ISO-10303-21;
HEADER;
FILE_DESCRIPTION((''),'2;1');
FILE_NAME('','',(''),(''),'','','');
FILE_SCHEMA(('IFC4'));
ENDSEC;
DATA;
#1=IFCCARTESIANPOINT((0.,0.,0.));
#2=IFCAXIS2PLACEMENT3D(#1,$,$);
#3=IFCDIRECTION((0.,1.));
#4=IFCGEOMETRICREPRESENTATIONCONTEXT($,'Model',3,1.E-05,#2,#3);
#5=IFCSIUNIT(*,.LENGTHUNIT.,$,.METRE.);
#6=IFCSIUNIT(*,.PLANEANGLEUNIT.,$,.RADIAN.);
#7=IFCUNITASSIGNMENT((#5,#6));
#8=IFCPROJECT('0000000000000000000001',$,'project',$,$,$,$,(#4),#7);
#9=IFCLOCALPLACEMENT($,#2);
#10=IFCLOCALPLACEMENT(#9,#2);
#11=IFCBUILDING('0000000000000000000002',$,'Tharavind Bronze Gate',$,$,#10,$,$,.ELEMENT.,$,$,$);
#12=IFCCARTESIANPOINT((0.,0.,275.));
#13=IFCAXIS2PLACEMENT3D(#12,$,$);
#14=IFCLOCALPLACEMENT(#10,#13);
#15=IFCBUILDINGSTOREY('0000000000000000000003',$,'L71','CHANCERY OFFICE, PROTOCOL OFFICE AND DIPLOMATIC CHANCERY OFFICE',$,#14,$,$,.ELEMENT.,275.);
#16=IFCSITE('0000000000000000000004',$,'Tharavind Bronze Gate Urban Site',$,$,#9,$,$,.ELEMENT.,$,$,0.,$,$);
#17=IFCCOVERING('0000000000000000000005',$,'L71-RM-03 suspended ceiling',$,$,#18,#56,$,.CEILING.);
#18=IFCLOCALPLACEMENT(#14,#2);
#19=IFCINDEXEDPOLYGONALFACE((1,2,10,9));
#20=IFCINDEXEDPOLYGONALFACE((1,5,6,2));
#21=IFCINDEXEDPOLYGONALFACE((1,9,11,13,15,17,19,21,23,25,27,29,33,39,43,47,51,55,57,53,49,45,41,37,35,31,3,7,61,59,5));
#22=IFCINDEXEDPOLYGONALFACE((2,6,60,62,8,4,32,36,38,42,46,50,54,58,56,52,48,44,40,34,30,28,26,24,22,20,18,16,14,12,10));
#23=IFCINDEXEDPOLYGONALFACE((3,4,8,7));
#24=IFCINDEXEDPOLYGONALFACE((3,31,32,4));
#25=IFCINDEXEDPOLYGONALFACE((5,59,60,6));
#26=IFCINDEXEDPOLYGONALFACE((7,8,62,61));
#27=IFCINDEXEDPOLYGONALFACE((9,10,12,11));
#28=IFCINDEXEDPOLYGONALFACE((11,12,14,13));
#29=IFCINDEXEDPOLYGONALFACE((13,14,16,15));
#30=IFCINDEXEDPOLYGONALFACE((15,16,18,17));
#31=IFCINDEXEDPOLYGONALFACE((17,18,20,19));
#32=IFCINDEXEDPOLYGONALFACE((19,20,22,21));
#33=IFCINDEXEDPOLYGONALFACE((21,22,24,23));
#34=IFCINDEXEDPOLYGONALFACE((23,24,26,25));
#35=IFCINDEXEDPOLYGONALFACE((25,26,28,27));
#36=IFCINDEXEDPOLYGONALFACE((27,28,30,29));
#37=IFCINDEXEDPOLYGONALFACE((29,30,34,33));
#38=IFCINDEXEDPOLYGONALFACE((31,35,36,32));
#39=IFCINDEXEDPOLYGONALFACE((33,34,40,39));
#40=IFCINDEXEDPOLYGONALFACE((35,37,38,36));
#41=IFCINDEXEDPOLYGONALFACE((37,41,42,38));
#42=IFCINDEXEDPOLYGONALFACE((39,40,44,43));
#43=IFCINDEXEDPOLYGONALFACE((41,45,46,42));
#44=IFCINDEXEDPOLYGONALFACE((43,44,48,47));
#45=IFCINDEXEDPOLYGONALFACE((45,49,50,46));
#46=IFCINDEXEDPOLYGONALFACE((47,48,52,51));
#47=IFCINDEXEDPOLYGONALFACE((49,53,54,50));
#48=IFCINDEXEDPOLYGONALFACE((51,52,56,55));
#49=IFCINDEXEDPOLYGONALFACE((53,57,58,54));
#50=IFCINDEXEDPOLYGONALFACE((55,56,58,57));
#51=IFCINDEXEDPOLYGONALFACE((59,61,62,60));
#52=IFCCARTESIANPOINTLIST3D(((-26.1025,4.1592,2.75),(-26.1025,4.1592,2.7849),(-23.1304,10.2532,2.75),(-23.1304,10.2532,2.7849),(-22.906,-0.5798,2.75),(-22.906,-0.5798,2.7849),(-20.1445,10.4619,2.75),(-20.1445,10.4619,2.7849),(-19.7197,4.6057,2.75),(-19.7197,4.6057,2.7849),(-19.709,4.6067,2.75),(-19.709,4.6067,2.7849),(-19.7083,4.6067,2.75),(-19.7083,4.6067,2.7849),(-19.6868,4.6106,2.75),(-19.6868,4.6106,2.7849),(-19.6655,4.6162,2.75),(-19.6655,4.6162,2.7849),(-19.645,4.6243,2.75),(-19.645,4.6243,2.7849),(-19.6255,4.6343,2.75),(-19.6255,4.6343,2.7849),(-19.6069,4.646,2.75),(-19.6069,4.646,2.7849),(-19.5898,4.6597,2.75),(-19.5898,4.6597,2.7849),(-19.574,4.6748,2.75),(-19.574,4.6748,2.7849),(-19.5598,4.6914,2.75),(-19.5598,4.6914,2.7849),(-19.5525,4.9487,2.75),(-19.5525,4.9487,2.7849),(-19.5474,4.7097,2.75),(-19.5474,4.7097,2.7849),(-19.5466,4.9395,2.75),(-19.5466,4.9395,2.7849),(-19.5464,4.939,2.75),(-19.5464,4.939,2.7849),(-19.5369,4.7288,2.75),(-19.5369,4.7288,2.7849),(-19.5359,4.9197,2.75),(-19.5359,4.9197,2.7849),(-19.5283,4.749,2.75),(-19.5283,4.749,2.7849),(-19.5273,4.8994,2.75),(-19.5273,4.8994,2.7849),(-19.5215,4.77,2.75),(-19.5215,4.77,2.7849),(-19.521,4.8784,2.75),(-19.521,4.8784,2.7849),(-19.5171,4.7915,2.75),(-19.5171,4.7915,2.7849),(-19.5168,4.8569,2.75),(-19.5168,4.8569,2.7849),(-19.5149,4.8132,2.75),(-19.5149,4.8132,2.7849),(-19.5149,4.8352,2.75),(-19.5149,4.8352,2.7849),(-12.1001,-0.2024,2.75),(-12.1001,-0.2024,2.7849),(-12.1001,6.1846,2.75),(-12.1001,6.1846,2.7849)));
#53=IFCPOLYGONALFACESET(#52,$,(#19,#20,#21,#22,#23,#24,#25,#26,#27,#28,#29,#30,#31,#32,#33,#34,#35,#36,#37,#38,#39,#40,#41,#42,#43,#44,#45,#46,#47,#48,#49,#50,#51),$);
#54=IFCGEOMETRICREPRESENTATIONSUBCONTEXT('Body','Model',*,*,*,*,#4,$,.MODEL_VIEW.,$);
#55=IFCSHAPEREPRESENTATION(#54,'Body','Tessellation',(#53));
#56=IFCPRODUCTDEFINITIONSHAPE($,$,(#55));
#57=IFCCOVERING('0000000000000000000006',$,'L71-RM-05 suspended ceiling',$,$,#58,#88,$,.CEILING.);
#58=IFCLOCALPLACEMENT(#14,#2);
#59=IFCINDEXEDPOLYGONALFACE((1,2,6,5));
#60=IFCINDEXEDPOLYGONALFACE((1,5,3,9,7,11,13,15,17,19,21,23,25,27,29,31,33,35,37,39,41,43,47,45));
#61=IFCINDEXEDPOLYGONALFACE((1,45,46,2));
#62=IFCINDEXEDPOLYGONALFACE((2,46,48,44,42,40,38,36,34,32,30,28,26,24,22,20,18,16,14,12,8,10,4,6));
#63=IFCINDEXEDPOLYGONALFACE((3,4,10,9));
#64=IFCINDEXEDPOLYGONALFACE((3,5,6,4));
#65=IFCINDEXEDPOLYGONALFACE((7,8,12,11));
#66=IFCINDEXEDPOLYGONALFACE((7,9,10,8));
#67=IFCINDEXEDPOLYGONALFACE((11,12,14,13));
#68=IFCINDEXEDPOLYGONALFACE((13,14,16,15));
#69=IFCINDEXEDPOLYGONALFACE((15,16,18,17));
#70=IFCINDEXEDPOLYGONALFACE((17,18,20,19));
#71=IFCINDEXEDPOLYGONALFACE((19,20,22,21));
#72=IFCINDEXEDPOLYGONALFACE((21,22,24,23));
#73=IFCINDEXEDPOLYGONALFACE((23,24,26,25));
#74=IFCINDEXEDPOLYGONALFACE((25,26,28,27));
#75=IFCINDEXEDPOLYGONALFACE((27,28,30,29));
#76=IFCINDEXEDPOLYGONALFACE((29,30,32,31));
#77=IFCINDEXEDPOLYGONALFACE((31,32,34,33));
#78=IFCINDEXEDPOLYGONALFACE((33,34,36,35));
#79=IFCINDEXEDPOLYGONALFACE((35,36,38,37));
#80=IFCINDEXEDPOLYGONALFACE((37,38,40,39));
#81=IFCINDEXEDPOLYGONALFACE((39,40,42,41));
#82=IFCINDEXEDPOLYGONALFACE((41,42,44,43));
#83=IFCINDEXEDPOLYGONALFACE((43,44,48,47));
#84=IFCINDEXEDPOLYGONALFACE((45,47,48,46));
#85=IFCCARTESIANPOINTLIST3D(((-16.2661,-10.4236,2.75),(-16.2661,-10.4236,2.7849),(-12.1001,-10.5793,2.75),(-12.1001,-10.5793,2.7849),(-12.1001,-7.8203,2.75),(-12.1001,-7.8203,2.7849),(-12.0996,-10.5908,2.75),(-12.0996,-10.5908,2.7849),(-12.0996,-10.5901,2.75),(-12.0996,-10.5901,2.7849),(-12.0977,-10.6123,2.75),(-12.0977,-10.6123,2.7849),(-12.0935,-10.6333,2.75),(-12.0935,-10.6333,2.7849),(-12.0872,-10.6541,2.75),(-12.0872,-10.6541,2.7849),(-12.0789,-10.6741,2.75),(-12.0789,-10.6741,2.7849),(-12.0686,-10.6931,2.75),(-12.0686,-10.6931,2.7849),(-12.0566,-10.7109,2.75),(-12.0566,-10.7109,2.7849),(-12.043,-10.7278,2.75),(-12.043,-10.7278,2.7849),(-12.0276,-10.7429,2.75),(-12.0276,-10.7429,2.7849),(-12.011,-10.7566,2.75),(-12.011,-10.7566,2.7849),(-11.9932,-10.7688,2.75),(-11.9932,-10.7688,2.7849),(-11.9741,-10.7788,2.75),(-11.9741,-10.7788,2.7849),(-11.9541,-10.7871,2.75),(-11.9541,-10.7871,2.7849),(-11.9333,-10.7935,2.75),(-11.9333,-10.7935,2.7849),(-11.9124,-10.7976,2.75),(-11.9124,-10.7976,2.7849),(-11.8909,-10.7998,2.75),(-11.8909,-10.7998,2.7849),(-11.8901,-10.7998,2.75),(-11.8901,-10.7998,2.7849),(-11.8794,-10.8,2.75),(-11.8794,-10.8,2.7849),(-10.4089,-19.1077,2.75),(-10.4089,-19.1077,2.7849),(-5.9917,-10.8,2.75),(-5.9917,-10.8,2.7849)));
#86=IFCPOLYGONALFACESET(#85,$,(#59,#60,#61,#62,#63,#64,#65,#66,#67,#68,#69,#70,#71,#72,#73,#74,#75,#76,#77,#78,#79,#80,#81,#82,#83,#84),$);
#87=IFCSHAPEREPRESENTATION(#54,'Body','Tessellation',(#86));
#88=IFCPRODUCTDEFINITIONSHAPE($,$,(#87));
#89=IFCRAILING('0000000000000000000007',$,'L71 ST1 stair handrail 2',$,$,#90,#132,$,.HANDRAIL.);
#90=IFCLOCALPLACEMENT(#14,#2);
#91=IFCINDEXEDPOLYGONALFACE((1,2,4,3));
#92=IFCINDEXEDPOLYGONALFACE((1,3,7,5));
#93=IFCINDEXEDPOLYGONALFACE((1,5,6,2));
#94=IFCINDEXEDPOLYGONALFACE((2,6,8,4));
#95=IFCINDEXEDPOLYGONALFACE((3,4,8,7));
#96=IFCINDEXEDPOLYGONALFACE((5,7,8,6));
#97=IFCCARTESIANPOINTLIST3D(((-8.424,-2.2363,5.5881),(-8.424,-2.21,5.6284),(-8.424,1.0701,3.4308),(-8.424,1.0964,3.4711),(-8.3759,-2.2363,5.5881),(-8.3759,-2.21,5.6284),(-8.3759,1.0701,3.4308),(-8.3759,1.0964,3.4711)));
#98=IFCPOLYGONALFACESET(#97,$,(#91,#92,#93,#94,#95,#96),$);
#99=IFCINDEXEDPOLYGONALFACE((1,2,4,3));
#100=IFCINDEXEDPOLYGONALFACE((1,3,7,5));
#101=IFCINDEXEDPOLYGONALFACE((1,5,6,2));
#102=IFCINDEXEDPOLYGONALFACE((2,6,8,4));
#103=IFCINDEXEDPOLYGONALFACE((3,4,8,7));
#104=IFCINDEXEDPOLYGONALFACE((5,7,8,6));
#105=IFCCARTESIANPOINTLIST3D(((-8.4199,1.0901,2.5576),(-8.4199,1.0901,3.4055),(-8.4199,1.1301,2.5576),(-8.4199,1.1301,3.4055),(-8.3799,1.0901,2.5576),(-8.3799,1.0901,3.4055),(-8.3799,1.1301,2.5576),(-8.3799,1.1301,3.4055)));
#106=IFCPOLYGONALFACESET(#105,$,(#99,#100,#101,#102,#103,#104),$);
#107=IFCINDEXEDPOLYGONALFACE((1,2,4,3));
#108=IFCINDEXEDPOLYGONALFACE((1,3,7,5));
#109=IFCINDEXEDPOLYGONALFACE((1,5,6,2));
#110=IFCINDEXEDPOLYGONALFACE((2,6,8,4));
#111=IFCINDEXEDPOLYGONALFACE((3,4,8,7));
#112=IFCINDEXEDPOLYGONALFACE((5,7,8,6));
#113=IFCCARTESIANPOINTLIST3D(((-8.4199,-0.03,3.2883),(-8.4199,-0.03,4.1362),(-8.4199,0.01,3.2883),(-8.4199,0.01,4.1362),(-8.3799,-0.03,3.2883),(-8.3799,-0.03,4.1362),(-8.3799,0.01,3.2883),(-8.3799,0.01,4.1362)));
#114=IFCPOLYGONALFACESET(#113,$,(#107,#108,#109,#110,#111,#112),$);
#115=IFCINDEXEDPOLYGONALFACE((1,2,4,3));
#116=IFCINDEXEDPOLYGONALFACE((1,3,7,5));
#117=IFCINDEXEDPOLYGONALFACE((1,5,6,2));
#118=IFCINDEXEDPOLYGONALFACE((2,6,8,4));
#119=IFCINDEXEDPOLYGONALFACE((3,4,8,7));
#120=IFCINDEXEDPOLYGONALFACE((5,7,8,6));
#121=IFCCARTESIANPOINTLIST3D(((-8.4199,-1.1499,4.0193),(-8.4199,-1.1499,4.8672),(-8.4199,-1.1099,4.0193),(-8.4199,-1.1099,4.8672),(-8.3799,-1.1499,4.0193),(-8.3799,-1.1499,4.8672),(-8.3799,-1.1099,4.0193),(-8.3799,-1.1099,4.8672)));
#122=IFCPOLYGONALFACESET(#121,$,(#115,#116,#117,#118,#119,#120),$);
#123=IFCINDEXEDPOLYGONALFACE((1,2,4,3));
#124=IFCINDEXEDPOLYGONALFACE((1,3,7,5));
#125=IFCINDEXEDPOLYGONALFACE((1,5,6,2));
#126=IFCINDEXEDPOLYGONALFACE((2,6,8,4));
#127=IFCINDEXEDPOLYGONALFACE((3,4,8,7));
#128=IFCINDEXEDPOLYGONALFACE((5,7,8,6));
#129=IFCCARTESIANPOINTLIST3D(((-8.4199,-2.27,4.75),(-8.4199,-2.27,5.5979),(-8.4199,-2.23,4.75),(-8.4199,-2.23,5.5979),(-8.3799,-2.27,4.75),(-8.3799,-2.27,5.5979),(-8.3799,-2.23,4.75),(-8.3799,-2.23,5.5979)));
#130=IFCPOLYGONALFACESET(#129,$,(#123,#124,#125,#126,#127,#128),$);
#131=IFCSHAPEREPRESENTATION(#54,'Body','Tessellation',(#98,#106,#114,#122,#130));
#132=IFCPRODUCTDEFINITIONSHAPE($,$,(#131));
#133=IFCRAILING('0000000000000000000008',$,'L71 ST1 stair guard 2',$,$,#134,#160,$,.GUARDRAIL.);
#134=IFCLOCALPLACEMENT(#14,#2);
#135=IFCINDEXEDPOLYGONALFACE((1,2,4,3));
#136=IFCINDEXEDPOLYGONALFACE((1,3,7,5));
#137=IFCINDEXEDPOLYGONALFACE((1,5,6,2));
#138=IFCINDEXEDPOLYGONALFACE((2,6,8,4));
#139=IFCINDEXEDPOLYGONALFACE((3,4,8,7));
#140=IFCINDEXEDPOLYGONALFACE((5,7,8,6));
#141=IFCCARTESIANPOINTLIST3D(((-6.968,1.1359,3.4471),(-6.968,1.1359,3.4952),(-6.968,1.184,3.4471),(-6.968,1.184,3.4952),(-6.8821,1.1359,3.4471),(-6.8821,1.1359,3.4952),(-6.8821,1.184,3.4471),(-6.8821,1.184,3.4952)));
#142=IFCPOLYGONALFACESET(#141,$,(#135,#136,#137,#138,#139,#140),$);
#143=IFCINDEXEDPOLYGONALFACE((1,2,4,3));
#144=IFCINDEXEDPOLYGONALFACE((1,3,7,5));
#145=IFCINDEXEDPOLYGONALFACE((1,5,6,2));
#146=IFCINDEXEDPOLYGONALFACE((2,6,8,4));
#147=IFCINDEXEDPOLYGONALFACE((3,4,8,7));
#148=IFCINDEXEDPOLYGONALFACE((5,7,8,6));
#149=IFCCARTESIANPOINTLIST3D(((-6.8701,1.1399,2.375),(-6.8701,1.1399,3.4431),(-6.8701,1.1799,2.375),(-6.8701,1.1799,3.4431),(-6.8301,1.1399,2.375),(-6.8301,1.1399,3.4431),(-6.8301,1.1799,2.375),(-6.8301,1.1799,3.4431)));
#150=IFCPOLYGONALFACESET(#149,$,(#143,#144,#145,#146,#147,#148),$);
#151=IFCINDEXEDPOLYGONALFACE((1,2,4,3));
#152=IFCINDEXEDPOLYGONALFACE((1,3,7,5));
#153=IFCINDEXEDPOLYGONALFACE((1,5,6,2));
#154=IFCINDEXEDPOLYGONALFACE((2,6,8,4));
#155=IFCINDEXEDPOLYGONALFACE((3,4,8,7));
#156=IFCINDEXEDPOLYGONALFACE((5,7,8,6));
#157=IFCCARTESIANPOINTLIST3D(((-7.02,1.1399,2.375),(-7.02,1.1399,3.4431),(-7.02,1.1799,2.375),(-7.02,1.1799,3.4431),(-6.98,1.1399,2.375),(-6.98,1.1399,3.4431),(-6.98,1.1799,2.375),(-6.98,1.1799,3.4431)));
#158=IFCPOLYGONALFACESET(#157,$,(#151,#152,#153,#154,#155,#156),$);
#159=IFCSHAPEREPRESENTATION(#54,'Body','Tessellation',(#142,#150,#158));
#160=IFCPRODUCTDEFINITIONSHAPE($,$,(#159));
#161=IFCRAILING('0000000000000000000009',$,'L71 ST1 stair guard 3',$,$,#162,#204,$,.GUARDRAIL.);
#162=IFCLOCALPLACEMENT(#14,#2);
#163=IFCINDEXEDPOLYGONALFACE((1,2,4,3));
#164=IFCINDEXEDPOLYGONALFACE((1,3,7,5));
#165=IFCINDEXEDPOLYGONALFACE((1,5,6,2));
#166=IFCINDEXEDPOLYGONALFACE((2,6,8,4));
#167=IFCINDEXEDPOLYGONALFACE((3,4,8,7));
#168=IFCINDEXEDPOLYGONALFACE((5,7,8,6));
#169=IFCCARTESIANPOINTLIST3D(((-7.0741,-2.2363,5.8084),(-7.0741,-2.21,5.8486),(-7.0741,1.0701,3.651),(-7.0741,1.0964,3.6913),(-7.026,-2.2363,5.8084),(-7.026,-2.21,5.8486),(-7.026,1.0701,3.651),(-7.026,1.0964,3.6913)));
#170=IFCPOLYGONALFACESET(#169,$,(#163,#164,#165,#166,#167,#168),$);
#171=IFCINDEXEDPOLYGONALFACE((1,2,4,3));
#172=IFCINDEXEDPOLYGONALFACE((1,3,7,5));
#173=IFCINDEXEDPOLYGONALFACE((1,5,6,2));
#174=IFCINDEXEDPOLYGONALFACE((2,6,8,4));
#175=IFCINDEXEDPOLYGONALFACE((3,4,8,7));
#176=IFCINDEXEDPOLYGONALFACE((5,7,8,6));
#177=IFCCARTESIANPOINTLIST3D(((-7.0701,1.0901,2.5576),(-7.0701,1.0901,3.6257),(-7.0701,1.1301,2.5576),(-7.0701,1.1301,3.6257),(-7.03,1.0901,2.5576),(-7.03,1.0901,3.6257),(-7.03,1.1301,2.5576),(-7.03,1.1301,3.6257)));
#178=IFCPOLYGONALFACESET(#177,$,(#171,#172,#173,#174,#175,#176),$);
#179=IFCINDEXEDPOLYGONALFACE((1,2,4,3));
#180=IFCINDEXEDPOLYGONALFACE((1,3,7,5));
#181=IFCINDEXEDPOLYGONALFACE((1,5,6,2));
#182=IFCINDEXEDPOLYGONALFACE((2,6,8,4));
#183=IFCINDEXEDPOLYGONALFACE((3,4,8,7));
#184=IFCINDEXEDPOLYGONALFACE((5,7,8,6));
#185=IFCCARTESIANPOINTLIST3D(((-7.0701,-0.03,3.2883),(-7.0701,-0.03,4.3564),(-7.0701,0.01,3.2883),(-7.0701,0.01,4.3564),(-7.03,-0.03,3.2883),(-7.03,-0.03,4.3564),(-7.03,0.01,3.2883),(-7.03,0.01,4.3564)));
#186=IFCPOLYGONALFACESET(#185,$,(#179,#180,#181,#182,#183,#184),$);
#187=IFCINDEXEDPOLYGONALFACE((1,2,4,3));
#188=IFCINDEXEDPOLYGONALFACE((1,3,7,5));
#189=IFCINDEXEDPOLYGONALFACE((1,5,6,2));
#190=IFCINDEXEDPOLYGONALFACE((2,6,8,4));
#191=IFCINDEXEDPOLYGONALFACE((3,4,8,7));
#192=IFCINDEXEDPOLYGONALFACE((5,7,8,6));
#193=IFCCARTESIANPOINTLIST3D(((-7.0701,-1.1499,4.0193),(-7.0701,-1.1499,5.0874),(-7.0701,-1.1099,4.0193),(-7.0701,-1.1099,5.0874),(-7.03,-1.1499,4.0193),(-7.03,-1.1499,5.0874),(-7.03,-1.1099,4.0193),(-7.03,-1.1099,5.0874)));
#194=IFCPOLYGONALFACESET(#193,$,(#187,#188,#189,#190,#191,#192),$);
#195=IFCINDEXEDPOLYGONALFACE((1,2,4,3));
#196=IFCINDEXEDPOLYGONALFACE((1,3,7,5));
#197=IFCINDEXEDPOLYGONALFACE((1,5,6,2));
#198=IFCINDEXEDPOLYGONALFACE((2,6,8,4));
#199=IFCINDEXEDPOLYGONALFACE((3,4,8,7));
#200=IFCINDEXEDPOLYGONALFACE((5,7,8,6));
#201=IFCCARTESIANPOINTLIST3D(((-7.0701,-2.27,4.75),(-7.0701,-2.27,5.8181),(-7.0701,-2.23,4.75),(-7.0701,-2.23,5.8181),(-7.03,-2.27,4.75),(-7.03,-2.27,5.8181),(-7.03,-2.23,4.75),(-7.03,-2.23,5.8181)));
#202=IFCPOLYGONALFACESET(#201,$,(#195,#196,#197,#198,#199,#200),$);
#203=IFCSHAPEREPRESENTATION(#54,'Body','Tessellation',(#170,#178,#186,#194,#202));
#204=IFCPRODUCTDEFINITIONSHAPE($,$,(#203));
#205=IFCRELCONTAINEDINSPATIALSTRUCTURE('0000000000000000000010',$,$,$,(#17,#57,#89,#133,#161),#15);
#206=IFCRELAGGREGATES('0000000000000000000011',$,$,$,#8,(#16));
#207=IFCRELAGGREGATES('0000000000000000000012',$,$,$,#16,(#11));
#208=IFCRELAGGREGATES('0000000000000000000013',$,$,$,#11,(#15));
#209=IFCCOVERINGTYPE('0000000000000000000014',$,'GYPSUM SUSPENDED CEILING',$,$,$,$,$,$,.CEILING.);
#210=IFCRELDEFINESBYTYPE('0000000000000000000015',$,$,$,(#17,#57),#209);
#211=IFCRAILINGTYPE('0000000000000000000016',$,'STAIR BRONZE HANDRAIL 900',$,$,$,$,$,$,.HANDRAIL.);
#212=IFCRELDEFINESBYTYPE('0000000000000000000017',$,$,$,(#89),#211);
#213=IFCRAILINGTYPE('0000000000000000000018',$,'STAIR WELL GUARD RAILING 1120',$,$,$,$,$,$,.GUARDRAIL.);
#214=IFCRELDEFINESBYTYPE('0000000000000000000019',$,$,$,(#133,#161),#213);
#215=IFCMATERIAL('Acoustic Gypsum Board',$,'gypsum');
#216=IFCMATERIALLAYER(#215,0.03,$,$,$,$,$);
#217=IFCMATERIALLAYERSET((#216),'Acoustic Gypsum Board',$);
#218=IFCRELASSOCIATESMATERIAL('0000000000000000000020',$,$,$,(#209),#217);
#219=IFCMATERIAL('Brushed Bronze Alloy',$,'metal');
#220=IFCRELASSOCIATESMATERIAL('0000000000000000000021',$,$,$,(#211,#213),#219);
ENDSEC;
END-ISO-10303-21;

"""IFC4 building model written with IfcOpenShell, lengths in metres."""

from ifc_helpers import new_model, si_unit, direction, frame, origin, origin_2d, place, context, subcontext, project, spatial, polyline, rectangle, outline, extrude, material, layer, layer_set, type_object, element, save


model = new_model("IFC4")

# Units and contexts
model_context = context("Model", 3, precision=1e-05, world=origin(), true_north=direction((0.0, 1.0)))
body_context = subcontext(model_context, "Body", "Model", "MODEL_VIEW")
ifc_project = project(units=[si_unit("LENGTHUNIT", "METRE"), si_unit("PLANEANGLEUNIT", "RADIAN")], contexts=[model_context])

# Site, building, storey
site_placement = place(None, origin())
site = spatial("IfcSite", under=ifc_project, at=site_placement, Name="Tharavind Bronze Gate Urban Site", CompositionType="ELEMENT", RefElevation=0.0)
building_placement = place(site_placement, origin())
building = spatial("IfcBuilding", under=site, at=building_placement, Name="Tharavind Bronze Gate", CompositionType="ELEMENT")
storey_placement = place(building_placement, frame((0.0, 0.0, 275.0)))
storey = spatial("IfcBuildingStorey", under=building, at=storey_placement, Name="L71", Description="CHANCERY OFFICE, PROTOCOL OFFICE AND DIPLOMATIC CHANCERY OFFICE", CompositionType="ELEMENT", Elevation=275.0)

# Coverings
ifc_material_1 = material(Name="Acoustic Gypsum Board", Category="gypsum")
ifc_layer_1 = layer(ifc_material_1, 0.03)
ifc_layer_set_1 = layer_set([ifc_layer_1], Name="Acoustic Gypsum Board")
covering_type_1 = type_object("IfcCoveringType", Name="GYPSUM SUSPENDED CEILING", PredefinedType="CEILING", material=ifc_layer_set_1)
covering_1_placement = place(storey_placement, frame((0.0, 0.0, 2.75)))
element("IfcCovering", 1, at=covering_1_placement, inside=storey, type_object=covering_type_1, Name="L71-RM-03 suspended ceiling", PredefinedType="CEILING", context=body_context, shape_type="SweptSolid", body=[
    extrude(outline(polyline([(-22.906, -0.5798), (-12.1001, -0.2024), (-12.1001, 6.1846), (-20.1445, 10.4619), (-23.1304, 10.2532), (-19.5525, 4.9487), (-19.5466, 4.9395), (-19.5464, 4.939), (-19.5359, 4.9197), (-19.5273, 4.8994), (-19.521, 4.8784), (-19.5168, 4.8569), (-19.5149, 4.8352), (-19.5149, 4.8132), (-19.5171, 4.7915), (-19.5215, 4.77), (-19.5283, 4.749), (-19.5369, 4.7288), (-19.5474, 4.7097), (-19.5598, 4.6914), (-19.574, 4.6748), (-19.5898, 4.6597), (-19.6069, 4.646), (-19.6255, 4.6343), (-19.645, 4.6243), (-19.6655, 4.6162), (-19.6868, 4.6106), (-19.7083, 4.6067), (-19.709, 4.6067), (-19.7197, 4.6057), (-26.1025, 4.1592), (-22.906, -0.5798)])), origin(), (0.0, 0.0, 1.0), 0.0349),
])
covering_2_placement = place(storey_placement, frame((0.0, 0.0, 2.75)))
element("IfcCovering", 2, at=covering_2_placement, inside=storey, type_object=covering_type_1, Name="L71-RM-05 suspended ceiling", PredefinedType="CEILING", context=body_context, shape_type="SweptSolid", body=[
    extrude(outline(polyline([(-10.4089, -19.1077), (-5.9917, -10.8), (-11.8794, -10.8), (-11.8901, -10.7998), (-11.8909, -10.7998), (-11.9124, -10.7976), (-11.9333, -10.7935), (-11.9541, -10.7871), (-11.9741, -10.7788), (-11.9932, -10.7688), (-12.011, -10.7566), (-12.0276, -10.7429), (-12.043, -10.7278), (-12.0566, -10.7109), (-12.0686, -10.6931), (-12.0789, -10.6741), (-12.0872, -10.6541), (-12.0935, -10.6333), (-12.0977, -10.6123), (-12.0996, -10.5908), (-12.0996, -10.5901), (-12.1001, -10.5793), (-12.1001, -7.8203), (-16.2661, -10.4236), (-10.4089, -19.1077)])), origin(), (0.0, 0.0, 1.0), 0.0349),
])

# Railings
ifc_material_2 = material(Name="Brushed Bronze Alloy", Category="metal")
railing_type_1 = type_object("IfcRailingType", Name="STAIR BRONZE HANDRAIL 900", PredefinedType="HANDRAIL", material=ifc_material_2)
railing_1_placement = place(storey_placement, frame((-8.3999, 1.1101, 2.5576)))
element("IfcRailing", 3, at=railing_1_placement, inside=storey, type_object=railing_type_1, Name="L71 ST1 stair handrail 2", PredefinedType="HANDRAIL", context=body_context, shape_type="SweptSolid", body=[
    extrude(rectangle(XDim=0.0481, YDim=0.0481, at=origin_2d()), frame((0.0, -0.0269, 0.8933), z_axis=(0.0, -0.837496, 0.546444), x_axis=(1.0, 0.0, 0.0)), (0.0, 0.0, 1.0), 3.948),
    extrude(rectangle(XDim=0.04, YDim=0.04, at=origin_2d()), origin(), (0.0, 0.0, 1.0), 0.8479),
    extrude(rectangle(XDim=0.04, YDim=0.04, at=origin_2d()), frame((0.0, -1.1201, 0.7307)), (0.0, 0.0, 1.0), 0.8479),
    extrude(rectangle(XDim=0.04, YDim=0.04, at=origin_2d()), frame((0.0, -2.24, 1.4617)), (0.0, 0.0, 1.0), 0.8479),
    extrude(rectangle(XDim=0.04, YDim=0.04, at=origin_2d()), frame((0.0, -3.3601, 2.1924)), (0.0, 0.0, 1.0), 0.8479),
])
railing_type_2 = type_object("IfcRailingType", Name="STAIR WELL GUARD RAILING 1120", PredefinedType="GUARDRAIL", material=ifc_material_2)
railing_2_placement = place(storey_placement, frame((-6.8501, 1.1599, 2.375)))
element("IfcRailing", 4, at=railing_2_placement, inside=storey, type_object=railing_type_2, Name="L71 ST1 stair guard 2", PredefinedType="GUARDRAIL", context=body_context, shape_type="SweptSolid", body=[
    extrude(rectangle(XDim=0.0481, YDim=0.0481, at=origin_2d()), frame((-0.032, 0.0, 1.0962), z_axis=(-1.0, 0.0, 0.0), x_axis=(0.0, -1.0, 0.0)), (0.0, 0.0, 1.0), 0.0859),
    extrude(rectangle(XDim=0.04, YDim=0.04, at=origin_2d()), origin(), (0.0, 0.0, 1.0), 1.0681),
    extrude(rectangle(XDim=0.04, YDim=0.04, at=origin_2d()), frame((-0.1499, 0.0, 0.0)), (0.0, 0.0, 1.0), 1.0681),
])
railing_3_placement = place(storey_placement, frame((-7.05, 1.1101, 2.5576)))
element("IfcRailing", 5, at=railing_3_placement, inside=storey, type_object=railing_type_2, Name="L71 ST1 stair guard 3", PredefinedType="GUARDRAIL", context=body_context, shape_type="SweptSolid", body=[
    extrude(rectangle(XDim=0.0481, YDim=0.0481, at=origin_2d()), frame((0.0, -0.0269, 1.1135), z_axis=(0.0, -0.837496, 0.546444), x_axis=(1.0, 0.0, 0.0)), (0.0, 0.0, 1.0), 3.948),
    extrude(rectangle(XDim=0.04, YDim=0.04, at=origin_2d()), origin(), (0.0, 0.0, 1.0), 1.0681),
    extrude(rectangle(XDim=0.04, YDim=0.04, at=origin_2d()), frame((0.0, -1.1201, 0.7307)), (0.0, 0.0, 1.0), 1.0681),
    extrude(rectangle(XDim=0.04, YDim=0.04, at=origin_2d()), frame((0.0, -2.24, 1.4617)), (0.0, 0.0, 1.0), 1.0681),
    extrude(rectangle(XDim=0.04, YDim=0.04, at=origin_2d()), frame((0.0, -3.3601, 2.1924)), (0.0, 0.0, 1.0), 1.0681),
])

save(model, "model.ifc")
